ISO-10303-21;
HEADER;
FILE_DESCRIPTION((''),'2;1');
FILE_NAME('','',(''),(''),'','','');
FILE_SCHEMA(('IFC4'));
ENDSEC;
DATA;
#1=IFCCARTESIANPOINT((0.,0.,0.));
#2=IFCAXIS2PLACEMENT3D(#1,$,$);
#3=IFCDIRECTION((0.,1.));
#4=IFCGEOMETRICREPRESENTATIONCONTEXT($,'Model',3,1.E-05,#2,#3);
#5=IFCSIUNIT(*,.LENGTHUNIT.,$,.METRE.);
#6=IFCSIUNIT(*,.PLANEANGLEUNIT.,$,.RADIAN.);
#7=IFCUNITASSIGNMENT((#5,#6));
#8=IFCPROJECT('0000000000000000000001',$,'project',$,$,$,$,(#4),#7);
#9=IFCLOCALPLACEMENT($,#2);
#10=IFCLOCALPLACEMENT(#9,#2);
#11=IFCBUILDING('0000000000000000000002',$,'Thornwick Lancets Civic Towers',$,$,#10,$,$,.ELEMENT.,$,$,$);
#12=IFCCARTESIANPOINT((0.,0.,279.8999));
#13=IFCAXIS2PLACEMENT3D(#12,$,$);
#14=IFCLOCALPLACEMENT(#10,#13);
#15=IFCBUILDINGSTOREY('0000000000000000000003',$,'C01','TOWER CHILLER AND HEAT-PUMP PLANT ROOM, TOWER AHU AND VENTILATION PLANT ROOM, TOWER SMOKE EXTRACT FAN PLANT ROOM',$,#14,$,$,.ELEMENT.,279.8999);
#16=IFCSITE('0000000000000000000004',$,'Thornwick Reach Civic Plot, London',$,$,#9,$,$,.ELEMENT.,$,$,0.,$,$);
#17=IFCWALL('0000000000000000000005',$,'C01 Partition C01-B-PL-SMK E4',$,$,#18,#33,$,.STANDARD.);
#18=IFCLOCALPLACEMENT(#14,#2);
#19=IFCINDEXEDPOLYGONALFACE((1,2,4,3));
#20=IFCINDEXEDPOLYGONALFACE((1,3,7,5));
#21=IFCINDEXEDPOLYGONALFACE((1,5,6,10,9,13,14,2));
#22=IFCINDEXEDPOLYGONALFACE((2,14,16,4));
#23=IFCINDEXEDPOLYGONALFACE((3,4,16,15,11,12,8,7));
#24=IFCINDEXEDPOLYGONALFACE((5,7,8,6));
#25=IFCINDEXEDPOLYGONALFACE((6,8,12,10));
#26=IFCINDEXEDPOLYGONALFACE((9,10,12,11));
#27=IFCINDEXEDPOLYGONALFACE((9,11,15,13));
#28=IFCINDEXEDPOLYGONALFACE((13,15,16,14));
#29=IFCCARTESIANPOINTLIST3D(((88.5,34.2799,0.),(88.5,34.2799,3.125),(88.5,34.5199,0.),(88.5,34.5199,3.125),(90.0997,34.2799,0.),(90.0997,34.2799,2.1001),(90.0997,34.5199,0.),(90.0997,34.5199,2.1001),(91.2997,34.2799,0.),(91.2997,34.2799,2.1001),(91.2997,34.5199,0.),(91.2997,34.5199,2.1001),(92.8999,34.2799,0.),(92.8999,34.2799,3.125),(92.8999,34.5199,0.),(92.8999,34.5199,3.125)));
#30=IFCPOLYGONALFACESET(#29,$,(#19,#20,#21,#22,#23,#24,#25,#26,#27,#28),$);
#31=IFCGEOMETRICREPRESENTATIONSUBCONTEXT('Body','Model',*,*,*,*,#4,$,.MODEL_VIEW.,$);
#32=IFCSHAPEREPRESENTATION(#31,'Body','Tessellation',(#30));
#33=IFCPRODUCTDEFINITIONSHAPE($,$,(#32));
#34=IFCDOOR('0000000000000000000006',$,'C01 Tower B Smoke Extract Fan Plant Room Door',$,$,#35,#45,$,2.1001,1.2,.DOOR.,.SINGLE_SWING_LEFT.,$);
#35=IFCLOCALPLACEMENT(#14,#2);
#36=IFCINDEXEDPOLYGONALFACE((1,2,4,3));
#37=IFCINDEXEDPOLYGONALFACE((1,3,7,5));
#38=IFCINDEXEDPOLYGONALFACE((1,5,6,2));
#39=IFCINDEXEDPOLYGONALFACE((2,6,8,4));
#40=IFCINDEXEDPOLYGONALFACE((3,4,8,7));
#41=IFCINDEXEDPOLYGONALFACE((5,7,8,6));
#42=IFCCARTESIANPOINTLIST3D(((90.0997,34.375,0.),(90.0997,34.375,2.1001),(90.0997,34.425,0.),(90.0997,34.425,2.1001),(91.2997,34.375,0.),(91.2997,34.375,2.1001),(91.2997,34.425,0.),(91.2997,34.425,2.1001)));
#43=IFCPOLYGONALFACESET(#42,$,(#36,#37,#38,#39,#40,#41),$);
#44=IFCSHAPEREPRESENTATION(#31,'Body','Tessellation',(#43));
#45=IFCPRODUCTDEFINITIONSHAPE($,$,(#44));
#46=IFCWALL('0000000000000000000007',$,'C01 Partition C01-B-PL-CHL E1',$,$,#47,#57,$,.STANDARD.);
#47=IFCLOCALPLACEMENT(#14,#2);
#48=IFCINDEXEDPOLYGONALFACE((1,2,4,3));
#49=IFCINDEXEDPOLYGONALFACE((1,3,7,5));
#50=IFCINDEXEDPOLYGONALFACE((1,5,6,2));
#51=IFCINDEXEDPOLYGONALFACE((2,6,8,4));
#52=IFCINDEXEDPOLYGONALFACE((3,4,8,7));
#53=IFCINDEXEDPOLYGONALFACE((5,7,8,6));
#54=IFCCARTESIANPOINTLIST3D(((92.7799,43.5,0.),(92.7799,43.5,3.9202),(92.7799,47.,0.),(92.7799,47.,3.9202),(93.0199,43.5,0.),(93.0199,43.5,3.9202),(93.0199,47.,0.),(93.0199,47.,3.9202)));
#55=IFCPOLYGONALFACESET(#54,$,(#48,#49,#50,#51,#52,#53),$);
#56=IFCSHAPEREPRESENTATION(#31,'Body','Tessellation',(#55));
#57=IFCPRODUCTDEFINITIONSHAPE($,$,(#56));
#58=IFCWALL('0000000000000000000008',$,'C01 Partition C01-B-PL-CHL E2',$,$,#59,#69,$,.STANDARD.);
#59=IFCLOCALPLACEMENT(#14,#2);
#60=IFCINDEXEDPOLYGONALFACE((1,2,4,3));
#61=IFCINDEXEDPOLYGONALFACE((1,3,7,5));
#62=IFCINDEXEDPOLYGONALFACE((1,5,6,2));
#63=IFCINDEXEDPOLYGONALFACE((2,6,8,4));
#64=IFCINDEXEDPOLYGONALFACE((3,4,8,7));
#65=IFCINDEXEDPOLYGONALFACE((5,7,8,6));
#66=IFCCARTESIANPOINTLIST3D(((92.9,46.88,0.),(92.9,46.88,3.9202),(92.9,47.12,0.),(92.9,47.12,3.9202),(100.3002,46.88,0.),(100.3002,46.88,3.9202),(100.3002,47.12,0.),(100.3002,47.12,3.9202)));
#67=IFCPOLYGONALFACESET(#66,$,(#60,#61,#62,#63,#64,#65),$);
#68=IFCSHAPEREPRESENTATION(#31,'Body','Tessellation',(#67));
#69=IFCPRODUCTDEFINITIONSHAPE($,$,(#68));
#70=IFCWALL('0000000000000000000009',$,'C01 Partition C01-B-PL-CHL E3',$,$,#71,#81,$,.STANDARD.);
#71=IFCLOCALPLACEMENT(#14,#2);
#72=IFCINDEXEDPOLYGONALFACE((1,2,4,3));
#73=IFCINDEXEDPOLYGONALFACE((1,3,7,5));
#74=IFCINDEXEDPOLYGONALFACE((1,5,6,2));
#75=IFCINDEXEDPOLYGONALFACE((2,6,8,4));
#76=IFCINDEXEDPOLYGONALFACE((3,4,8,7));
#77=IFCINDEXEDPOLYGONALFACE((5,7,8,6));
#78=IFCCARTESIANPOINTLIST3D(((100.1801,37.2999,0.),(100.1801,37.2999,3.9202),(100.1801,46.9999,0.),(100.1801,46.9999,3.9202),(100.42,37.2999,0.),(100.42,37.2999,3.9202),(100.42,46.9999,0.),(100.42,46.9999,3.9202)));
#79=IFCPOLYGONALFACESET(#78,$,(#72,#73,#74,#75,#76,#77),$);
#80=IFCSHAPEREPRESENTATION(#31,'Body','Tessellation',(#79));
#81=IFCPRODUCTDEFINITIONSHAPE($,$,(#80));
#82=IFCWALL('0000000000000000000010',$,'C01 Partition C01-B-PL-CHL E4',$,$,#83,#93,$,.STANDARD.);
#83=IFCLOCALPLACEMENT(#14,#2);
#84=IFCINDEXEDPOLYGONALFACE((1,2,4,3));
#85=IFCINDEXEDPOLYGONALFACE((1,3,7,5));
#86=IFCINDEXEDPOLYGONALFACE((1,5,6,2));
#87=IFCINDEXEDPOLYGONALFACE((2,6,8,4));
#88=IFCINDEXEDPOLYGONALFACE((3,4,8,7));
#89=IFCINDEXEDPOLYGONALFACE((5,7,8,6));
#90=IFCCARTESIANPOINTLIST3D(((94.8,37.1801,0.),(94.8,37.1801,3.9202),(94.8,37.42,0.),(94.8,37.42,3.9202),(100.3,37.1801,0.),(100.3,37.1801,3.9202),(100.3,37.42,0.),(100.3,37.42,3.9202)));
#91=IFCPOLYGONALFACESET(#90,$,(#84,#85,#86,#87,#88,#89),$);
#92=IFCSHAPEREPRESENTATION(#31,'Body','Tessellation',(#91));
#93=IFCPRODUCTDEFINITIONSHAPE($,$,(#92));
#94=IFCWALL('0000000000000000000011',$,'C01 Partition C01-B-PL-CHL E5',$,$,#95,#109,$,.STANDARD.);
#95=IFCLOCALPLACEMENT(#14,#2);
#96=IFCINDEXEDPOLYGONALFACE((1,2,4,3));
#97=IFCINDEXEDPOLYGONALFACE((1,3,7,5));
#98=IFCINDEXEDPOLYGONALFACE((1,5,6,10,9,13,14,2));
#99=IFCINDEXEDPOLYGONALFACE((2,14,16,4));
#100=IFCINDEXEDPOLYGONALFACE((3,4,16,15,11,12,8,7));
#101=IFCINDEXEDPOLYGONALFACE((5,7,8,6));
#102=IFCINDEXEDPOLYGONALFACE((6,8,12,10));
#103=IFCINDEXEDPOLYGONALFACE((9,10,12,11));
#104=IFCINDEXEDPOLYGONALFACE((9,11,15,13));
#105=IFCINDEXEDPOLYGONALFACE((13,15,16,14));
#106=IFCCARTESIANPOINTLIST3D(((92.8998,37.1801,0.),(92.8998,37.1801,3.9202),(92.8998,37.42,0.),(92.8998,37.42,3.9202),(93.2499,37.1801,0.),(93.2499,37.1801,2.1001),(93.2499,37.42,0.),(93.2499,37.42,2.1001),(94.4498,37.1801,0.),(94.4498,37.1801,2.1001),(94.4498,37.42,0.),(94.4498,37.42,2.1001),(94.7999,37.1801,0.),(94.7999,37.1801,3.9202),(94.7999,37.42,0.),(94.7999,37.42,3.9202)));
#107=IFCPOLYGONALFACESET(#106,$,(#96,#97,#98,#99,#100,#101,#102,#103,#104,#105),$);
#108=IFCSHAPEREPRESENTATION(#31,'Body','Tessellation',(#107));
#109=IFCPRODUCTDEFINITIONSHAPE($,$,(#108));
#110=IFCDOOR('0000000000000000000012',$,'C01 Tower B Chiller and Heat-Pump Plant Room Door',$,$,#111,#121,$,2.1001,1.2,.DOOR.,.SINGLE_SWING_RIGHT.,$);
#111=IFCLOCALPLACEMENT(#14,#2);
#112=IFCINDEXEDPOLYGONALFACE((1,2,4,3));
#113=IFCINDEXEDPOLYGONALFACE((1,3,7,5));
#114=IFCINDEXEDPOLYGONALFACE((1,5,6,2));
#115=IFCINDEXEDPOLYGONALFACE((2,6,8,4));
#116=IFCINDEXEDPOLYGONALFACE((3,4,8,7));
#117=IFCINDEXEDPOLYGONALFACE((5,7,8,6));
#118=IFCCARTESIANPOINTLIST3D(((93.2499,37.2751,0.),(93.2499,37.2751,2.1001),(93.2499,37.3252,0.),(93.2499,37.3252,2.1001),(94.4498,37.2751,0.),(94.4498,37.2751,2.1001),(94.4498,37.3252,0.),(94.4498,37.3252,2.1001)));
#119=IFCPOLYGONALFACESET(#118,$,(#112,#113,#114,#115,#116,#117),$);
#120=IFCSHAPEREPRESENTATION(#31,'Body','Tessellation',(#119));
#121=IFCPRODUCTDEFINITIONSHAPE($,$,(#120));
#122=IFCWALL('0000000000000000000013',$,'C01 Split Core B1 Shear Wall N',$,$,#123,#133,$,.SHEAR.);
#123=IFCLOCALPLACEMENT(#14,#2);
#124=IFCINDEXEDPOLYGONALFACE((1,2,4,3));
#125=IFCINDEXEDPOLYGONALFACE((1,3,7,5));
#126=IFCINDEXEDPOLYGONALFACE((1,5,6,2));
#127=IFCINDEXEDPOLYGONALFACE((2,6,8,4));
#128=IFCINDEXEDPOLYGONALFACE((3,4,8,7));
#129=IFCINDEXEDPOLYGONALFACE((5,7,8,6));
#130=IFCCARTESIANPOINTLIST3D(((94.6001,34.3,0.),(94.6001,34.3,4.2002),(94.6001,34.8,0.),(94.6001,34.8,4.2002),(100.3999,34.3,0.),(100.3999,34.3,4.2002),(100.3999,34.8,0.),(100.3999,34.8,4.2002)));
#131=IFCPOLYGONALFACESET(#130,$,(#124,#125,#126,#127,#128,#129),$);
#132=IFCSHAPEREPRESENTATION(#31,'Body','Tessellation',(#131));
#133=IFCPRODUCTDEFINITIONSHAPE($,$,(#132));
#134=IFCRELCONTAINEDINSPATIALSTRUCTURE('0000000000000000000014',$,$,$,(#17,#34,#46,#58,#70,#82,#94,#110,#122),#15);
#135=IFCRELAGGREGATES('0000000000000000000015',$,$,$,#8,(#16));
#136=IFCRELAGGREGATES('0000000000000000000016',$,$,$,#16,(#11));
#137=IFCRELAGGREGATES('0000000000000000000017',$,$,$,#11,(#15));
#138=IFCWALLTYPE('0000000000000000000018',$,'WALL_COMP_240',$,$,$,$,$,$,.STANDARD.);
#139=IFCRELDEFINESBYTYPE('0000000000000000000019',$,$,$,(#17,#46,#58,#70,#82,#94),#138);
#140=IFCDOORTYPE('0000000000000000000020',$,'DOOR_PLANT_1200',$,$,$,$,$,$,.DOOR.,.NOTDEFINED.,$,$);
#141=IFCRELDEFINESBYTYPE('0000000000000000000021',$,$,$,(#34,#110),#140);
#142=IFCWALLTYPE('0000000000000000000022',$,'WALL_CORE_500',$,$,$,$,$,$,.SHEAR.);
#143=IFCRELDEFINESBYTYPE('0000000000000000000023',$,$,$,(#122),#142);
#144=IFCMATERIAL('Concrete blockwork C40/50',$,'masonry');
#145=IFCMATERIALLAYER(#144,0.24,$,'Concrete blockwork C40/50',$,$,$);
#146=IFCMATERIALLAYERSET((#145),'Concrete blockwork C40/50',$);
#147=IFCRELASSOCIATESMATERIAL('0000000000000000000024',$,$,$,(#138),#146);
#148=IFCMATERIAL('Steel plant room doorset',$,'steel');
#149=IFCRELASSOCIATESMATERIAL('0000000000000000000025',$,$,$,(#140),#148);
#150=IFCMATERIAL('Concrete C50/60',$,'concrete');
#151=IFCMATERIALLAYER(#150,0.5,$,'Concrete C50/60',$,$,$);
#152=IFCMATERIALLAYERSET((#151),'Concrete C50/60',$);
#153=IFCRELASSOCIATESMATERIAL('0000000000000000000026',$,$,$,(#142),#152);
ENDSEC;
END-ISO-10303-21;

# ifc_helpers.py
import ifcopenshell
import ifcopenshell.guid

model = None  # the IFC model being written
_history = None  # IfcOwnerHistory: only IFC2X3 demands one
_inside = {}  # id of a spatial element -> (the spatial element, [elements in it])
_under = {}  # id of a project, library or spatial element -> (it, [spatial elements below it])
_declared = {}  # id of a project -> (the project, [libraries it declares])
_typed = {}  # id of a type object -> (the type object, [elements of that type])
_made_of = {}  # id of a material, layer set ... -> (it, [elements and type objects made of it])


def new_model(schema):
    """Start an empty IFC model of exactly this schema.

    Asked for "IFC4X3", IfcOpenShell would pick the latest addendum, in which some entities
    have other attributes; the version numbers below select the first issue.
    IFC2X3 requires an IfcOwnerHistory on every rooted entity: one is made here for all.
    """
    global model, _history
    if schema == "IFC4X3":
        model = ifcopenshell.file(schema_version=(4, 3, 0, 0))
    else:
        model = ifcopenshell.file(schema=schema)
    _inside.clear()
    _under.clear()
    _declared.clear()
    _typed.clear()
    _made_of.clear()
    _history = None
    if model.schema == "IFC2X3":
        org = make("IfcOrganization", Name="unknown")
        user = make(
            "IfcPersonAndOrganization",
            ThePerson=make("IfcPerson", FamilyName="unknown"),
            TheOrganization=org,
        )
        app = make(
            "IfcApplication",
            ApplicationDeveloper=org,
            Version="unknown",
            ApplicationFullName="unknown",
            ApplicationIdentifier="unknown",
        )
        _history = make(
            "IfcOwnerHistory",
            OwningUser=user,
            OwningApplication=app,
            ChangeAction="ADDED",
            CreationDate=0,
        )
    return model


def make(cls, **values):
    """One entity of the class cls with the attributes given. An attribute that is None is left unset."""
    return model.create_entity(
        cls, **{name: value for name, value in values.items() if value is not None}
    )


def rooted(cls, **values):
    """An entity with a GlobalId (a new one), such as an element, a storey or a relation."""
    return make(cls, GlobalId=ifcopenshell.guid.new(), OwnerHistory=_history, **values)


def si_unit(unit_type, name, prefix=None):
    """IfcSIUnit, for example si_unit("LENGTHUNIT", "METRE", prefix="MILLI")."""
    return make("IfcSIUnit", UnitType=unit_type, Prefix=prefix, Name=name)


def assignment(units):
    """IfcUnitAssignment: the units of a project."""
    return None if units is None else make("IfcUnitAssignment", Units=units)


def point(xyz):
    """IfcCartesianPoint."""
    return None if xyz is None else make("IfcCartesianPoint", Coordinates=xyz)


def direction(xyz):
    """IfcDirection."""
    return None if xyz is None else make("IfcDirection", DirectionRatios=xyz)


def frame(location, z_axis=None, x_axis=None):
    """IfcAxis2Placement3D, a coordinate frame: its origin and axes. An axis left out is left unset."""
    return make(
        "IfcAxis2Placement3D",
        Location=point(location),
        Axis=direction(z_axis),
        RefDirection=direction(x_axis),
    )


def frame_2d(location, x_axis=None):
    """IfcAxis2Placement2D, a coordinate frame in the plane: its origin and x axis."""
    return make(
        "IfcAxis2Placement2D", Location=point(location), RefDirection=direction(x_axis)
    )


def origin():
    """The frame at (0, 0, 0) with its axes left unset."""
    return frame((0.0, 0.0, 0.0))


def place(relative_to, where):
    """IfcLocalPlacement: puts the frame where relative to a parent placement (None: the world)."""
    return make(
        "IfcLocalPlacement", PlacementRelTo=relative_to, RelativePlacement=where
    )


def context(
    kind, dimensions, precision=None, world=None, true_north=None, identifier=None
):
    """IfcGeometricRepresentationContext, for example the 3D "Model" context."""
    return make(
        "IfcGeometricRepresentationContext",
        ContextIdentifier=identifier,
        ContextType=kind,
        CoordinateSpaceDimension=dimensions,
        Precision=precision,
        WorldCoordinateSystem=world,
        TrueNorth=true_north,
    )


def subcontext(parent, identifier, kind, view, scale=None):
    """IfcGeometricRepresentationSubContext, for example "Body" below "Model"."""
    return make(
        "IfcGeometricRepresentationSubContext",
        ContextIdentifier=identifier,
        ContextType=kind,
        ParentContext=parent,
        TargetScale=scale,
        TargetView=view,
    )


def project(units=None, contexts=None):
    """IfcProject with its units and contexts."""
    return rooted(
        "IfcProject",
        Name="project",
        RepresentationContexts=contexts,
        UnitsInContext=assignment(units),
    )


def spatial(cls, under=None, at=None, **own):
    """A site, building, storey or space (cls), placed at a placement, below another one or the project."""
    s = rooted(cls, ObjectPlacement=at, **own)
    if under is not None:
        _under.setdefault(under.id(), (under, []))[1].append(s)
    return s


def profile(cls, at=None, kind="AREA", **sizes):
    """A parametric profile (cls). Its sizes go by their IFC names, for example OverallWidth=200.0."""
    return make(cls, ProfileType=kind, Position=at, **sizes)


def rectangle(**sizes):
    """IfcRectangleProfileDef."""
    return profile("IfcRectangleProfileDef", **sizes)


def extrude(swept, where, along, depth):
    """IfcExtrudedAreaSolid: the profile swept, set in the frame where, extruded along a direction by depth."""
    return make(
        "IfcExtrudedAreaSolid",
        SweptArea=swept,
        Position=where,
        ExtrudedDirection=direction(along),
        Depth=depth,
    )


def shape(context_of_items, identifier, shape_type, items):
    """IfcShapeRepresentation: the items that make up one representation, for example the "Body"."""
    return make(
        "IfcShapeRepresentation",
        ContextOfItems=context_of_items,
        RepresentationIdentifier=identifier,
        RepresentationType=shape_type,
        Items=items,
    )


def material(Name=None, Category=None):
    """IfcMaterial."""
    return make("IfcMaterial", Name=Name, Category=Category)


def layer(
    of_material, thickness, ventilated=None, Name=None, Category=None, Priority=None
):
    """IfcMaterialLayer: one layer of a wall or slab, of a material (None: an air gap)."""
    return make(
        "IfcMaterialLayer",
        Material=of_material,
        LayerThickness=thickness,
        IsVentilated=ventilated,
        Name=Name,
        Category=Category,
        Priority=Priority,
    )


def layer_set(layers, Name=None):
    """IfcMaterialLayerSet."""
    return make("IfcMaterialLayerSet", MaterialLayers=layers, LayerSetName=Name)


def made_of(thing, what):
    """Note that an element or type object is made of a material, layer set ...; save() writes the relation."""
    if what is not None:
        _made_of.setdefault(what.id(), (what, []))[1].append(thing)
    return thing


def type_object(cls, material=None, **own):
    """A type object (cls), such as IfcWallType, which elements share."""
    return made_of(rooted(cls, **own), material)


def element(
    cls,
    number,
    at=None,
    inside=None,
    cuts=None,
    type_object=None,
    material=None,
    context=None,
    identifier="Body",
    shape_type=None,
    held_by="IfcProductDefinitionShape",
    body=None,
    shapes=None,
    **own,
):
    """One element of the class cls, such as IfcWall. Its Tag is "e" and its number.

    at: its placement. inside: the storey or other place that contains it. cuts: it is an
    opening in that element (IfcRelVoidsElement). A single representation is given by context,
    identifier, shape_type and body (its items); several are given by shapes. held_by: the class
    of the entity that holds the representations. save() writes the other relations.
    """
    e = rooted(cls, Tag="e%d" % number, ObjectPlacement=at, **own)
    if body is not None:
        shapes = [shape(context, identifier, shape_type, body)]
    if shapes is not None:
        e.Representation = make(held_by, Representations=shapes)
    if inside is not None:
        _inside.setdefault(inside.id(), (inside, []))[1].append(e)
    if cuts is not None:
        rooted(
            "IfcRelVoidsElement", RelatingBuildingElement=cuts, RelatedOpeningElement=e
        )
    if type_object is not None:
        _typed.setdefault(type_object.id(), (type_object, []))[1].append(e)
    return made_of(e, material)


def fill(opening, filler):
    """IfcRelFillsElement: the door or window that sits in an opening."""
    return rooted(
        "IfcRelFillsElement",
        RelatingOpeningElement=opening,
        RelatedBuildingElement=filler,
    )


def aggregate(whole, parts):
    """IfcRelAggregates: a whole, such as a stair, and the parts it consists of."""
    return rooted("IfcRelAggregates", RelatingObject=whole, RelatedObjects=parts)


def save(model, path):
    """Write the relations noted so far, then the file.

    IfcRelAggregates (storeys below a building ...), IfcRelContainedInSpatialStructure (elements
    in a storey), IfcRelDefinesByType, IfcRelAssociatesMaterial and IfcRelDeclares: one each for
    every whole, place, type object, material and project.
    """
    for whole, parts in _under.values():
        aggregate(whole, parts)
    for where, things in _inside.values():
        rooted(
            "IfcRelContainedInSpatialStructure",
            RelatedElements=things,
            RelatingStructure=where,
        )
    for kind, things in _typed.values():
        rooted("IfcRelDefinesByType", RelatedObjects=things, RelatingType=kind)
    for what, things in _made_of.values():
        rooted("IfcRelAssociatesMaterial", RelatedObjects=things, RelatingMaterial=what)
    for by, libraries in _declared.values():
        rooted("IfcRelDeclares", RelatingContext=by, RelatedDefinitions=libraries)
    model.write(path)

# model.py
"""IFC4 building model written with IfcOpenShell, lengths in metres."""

from ifc_helpers import new_model, si_unit, direction, frame, frame_2d, origin, place, context, subcontext, project, spatial, rectangle, extrude, material, layer, layer_set, type_object, element, fill, save


model = new_model("IFC4")

# Units and contexts
model_context = context("Model", 3, precision=1e-05, world=origin(), true_north=direction((0.0, 1.0)))
body_context = subcontext(model_context, "Body", "Model", "MODEL_VIEW")
ifc_project = project(units=[si_unit("LENGTHUNIT", "METRE"), si_unit("PLANEANGLEUNIT", "RADIAN")], contexts=[model_context])

# Site, building, storey
site_placement = place(None, origin())
site = spatial("IfcSite", under=ifc_project, at=site_placement, Name="Thornwick Reach Civic Plot, London", CompositionType="ELEMENT", RefElevation=0.0)
building_placement = place(site_placement, origin())
building = spatial("IfcBuilding", under=site, at=building_placement, Name="Thornwick Lancets Civic Towers", CompositionType="ELEMENT")
storey_placement = place(building_placement, frame((0.0, 0.0, 279.8999)))
storey = spatial("IfcBuildingStorey", under=building, at=storey_placement, Name="C01", Description="TOWER CHILLER AND HEAT-PUMP PLANT ROOM, TOWER AHU AND VENTILATION PLANT ROOM, TOWER SMOKE EXTRACT FAN PLANT ROOM", CompositionType="ELEMENT", Elevation=279.8999)

# Shared definitions
ifc_material_1 = material(Name="Concrete C50/60", Category="concrete")

# Shared definitions
ifc_material_2 = material(Name="Concrete blockwork C40/50", Category="masonry")
ifc_layer_1 = layer(ifc_material_2, 0.24, Name="Concrete blockwork C40/50")
ifc_layer_set_1 = layer_set([ifc_layer_1], Name="Concrete blockwork C40/50")
wall_type_1 = type_object("IfcWallType", Name="WALL_COMP_240", PredefinedType="STANDARD", material=ifc_layer_set_1)

# Wall, opening, door
wall_1_placement = place(storey_placement, frame((92.8999, 34.3999, 0.0), z_axis=(0.0, 0.0, 1.0), x_axis=(-1.0, 0.0, 0.0)))
wall_1 = element("IfcWall", 1, at=wall_1_placement, inside=storey, type_object=wall_type_1, Name="C01 Partition C01-B-PL-SMK E4", PredefinedType="STANDARD", context=body_context, shape_type="SweptSolid", body=[
    extrude(rectangle(XDim=4.3999, YDim=0.24, at=frame_2d((2.2, 0.0))), origin(), (0.0, 0.0, 1.0), 3.125),
])
opening_1_placement = place(wall_1_placement, frame((1.6001, 0.0, 0.0)))
opening_1 = element("IfcOpeningElement", 2, at=opening_1_placement, cuts=wall_1, PredefinedType="OPENING", context=body_context, shape_type="SweptSolid", body=[
    extrude(rectangle(XDim=1.2, YDim=2.1001, at=frame_2d((0.6001, 1.05))), frame((0.0, 0.1299, 0.0), z_axis=(0.0, -1.0, 0.0), x_axis=(1.0, 0.0, 0.0)), (0.0, 0.0, 1.0), 0.26),
])
ifc_material_3 = material(Name="Steel plant room doorset", Category="steel")
door_type = type_object("IfcDoorType", Name="DOOR_PLANT_1200", OperationType="NOTDEFINED", PredefinedType="DOOR", material=ifc_material_3)
door_1_placement = place(opening_1_placement, origin())
door_1 = element("IfcDoor", 3, at=door_1_placement, inside=storey, type_object=door_type, Name="C01 Tower B Smoke Extract Fan Plant Room Door", OperationType="SINGLE_SWING_LEFT", OverallHeight=2.1001, OverallWidth=1.2, PredefinedType="DOOR", context=body_context, shape_type="SweptSolid", body=[
    extrude(rectangle(XDim=1.2, YDim=2.1001, at=frame_2d((0.6001, 1.05))), frame((0.0, 0.0249, 0.0), z_axis=(0.0, -1.0, 0.0), x_axis=(1.0, 0.0, 0.0)), (0.0, 0.0, 1.0), 0.05),
])
fill(opening_1, door_1)

# Walls
wall_2_placement = place(storey_placement, frame((92.8999, 43.5, 0.0), z_axis=(0.0, 0.0, 1.0), x_axis=(0.0, 1.0, 0.0)))
element("IfcWall", 4, at=wall_2_placement, inside=storey, type_object=wall_type_1, Name="C01 Partition C01-B-PL-CHL E1", PredefinedType="STANDARD", context=body_context, shape_type="SweptSolid", body=[
    extrude(rectangle(XDim=3.5, YDim=0.24, at=frame_2d((1.75, 0.0))), origin(), (0.0, 0.0, 1.0), 3.9202),
])
wall_3_placement = place(storey_placement, frame((92.8999, 47.0, 0.0), z_axis=(0.0, 0.0, 1.0), x_axis=(1.0, 0.0, 0.0)))
element("IfcWall", 5, at=wall_3_placement, inside=storey, type_object=wall_type_1, Name="C01 Partition C01-B-PL-CHL E2", PredefinedType="STANDARD", context=body_context, shape_type="SweptSolid", body=[
    extrude(rectangle(XDim=7.4001, YDim=0.24, at=frame_2d((3.7002, 0.0))), origin(), (0.0, 0.0, 1.0), 3.9202),
])
wall_4_placement = place(storey_placement, frame((100.3, 47.0, 0.0), z_axis=(0.0, 0.0, 1.0), x_axis=(0.0, -1.0, 0.0)))
element("IfcWall", 6, at=wall_4_placement, inside=storey, type_object=wall_type_1, Name="C01 Partition C01-B-PL-CHL E3", PredefinedType="STANDARD", context=body_context, shape_type="SweptSolid", body=[
    extrude(rectangle(XDim=9.7, YDim=0.24, at=frame_2d((4.8501, 0.0))), origin(), (0.0, 0.0, 1.0), 3.9202),
])
wall_5_placement = place(storey_placement, frame((100.3, 37.3, 0.0), z_axis=(0.0, 0.0, 1.0), x_axis=(-1.0, 0.0, 0.0)))
element("IfcWall", 7, at=wall_5_placement, inside=storey, type_object=wall_type_1, Name="C01 Partition C01-B-PL-CHL E4", PredefinedType="STANDARD", context=body_context, shape_type="SweptSolid", body=[
    extrude(rectangle(XDim=5.5, YDim=0.24, at=frame_2d((2.75, 0.0))), origin(), (0.0, 0.0, 1.0), 3.9202),
])

# Wall, opening, door
wall_6_placement = place(storey_placement, frame((94.8, 37.3, 0.0), z_axis=(0.0, 0.0, 1.0), x_axis=(-1.0, 0.0, 0.0)))
wall_6 = element("IfcWall", 8, at=wall_6_placement, inside=storey, type_object=wall_type_1, Name="C01 Partition C01-B-PL-CHL E5", PredefinedType="STANDARD", context=body_context, shape_type="SweptSolid", body=[
    extrude(rectangle(XDim=1.9001, YDim=0.24, at=frame_2d((0.9502, 0.0))), origin(), (0.0, 0.0, 1.0), 3.9202),
])
opening_2_placement = place(wall_6_placement, frame((0.3501, 0.0, 0.0)))
opening_2 = element("IfcOpeningElement", 9, at=opening_2_placement, cuts=wall_6, PredefinedType="OPENING", context=body_context, shape_type="SweptSolid", body=[
    extrude(rectangle(XDim=1.2, YDim=2.1001, at=frame_2d((0.6001, 1.05))), frame((0.0, 0.1299, 0.0), z_axis=(0.0, -1.0, 0.0), x_axis=(1.0, 0.0, 0.0)), (0.0, 0.0, 1.0), 0.26),
])
door_2_placement = place(opening_2_placement, origin())
door_2 = element("IfcDoor", 10, at=door_2_placement, inside=storey, type_object=door_type, Name="C01 Tower B Chiller and Heat-Pump Plant Room Door", OperationType="SINGLE_SWING_RIGHT", OverallHeight=2.1001, OverallWidth=1.2, PredefinedType="DOOR", context=body_context, shape_type="SweptSolid", body=[
    extrude(rectangle(XDim=1.2, YDim=2.1001, at=frame_2d((0.6001, 1.05))), frame((0.0, 0.0249, 0.0), z_axis=(0.0, -1.0, 0.0), x_axis=(1.0, 0.0, 0.0)), (0.0, 0.0, 1.0), 0.05),
])
fill(opening_2, door_2)

# Wall
ifc_layer_2 = layer(ifc_material_1, 0.5, Name="Concrete C50/60")
ifc_layer_set_2 = layer_set([ifc_layer_2], Name="Concrete C50/60")
wall_type_2 = type_object("IfcWallType", Name="WALL_CORE_500", PredefinedType="SHEAR", material=ifc_layer_set_2)
wall_7_placement = place(storey_placement, frame((94.6001, 34.55, 0.0), z_axis=(0.0, 0.0, 1.0), x_axis=(1.0, 0.0, 0.0)))
element("IfcWall", 11, at=wall_7_placement, inside=storey, type_object=wall_type_2, Name="C01 Split Core B1 Shear Wall N", PredefinedType="SHEAR", context=body_context, shape_type="SweptSolid", body=[
    extrude(rectangle(XDim=5.7998, YDim=0.5, at=frame_2d((2.8999, 0.0))), origin(), (0.0, 0.0, 1.0), 4.2002),
])

save(model, "model.ifc")
